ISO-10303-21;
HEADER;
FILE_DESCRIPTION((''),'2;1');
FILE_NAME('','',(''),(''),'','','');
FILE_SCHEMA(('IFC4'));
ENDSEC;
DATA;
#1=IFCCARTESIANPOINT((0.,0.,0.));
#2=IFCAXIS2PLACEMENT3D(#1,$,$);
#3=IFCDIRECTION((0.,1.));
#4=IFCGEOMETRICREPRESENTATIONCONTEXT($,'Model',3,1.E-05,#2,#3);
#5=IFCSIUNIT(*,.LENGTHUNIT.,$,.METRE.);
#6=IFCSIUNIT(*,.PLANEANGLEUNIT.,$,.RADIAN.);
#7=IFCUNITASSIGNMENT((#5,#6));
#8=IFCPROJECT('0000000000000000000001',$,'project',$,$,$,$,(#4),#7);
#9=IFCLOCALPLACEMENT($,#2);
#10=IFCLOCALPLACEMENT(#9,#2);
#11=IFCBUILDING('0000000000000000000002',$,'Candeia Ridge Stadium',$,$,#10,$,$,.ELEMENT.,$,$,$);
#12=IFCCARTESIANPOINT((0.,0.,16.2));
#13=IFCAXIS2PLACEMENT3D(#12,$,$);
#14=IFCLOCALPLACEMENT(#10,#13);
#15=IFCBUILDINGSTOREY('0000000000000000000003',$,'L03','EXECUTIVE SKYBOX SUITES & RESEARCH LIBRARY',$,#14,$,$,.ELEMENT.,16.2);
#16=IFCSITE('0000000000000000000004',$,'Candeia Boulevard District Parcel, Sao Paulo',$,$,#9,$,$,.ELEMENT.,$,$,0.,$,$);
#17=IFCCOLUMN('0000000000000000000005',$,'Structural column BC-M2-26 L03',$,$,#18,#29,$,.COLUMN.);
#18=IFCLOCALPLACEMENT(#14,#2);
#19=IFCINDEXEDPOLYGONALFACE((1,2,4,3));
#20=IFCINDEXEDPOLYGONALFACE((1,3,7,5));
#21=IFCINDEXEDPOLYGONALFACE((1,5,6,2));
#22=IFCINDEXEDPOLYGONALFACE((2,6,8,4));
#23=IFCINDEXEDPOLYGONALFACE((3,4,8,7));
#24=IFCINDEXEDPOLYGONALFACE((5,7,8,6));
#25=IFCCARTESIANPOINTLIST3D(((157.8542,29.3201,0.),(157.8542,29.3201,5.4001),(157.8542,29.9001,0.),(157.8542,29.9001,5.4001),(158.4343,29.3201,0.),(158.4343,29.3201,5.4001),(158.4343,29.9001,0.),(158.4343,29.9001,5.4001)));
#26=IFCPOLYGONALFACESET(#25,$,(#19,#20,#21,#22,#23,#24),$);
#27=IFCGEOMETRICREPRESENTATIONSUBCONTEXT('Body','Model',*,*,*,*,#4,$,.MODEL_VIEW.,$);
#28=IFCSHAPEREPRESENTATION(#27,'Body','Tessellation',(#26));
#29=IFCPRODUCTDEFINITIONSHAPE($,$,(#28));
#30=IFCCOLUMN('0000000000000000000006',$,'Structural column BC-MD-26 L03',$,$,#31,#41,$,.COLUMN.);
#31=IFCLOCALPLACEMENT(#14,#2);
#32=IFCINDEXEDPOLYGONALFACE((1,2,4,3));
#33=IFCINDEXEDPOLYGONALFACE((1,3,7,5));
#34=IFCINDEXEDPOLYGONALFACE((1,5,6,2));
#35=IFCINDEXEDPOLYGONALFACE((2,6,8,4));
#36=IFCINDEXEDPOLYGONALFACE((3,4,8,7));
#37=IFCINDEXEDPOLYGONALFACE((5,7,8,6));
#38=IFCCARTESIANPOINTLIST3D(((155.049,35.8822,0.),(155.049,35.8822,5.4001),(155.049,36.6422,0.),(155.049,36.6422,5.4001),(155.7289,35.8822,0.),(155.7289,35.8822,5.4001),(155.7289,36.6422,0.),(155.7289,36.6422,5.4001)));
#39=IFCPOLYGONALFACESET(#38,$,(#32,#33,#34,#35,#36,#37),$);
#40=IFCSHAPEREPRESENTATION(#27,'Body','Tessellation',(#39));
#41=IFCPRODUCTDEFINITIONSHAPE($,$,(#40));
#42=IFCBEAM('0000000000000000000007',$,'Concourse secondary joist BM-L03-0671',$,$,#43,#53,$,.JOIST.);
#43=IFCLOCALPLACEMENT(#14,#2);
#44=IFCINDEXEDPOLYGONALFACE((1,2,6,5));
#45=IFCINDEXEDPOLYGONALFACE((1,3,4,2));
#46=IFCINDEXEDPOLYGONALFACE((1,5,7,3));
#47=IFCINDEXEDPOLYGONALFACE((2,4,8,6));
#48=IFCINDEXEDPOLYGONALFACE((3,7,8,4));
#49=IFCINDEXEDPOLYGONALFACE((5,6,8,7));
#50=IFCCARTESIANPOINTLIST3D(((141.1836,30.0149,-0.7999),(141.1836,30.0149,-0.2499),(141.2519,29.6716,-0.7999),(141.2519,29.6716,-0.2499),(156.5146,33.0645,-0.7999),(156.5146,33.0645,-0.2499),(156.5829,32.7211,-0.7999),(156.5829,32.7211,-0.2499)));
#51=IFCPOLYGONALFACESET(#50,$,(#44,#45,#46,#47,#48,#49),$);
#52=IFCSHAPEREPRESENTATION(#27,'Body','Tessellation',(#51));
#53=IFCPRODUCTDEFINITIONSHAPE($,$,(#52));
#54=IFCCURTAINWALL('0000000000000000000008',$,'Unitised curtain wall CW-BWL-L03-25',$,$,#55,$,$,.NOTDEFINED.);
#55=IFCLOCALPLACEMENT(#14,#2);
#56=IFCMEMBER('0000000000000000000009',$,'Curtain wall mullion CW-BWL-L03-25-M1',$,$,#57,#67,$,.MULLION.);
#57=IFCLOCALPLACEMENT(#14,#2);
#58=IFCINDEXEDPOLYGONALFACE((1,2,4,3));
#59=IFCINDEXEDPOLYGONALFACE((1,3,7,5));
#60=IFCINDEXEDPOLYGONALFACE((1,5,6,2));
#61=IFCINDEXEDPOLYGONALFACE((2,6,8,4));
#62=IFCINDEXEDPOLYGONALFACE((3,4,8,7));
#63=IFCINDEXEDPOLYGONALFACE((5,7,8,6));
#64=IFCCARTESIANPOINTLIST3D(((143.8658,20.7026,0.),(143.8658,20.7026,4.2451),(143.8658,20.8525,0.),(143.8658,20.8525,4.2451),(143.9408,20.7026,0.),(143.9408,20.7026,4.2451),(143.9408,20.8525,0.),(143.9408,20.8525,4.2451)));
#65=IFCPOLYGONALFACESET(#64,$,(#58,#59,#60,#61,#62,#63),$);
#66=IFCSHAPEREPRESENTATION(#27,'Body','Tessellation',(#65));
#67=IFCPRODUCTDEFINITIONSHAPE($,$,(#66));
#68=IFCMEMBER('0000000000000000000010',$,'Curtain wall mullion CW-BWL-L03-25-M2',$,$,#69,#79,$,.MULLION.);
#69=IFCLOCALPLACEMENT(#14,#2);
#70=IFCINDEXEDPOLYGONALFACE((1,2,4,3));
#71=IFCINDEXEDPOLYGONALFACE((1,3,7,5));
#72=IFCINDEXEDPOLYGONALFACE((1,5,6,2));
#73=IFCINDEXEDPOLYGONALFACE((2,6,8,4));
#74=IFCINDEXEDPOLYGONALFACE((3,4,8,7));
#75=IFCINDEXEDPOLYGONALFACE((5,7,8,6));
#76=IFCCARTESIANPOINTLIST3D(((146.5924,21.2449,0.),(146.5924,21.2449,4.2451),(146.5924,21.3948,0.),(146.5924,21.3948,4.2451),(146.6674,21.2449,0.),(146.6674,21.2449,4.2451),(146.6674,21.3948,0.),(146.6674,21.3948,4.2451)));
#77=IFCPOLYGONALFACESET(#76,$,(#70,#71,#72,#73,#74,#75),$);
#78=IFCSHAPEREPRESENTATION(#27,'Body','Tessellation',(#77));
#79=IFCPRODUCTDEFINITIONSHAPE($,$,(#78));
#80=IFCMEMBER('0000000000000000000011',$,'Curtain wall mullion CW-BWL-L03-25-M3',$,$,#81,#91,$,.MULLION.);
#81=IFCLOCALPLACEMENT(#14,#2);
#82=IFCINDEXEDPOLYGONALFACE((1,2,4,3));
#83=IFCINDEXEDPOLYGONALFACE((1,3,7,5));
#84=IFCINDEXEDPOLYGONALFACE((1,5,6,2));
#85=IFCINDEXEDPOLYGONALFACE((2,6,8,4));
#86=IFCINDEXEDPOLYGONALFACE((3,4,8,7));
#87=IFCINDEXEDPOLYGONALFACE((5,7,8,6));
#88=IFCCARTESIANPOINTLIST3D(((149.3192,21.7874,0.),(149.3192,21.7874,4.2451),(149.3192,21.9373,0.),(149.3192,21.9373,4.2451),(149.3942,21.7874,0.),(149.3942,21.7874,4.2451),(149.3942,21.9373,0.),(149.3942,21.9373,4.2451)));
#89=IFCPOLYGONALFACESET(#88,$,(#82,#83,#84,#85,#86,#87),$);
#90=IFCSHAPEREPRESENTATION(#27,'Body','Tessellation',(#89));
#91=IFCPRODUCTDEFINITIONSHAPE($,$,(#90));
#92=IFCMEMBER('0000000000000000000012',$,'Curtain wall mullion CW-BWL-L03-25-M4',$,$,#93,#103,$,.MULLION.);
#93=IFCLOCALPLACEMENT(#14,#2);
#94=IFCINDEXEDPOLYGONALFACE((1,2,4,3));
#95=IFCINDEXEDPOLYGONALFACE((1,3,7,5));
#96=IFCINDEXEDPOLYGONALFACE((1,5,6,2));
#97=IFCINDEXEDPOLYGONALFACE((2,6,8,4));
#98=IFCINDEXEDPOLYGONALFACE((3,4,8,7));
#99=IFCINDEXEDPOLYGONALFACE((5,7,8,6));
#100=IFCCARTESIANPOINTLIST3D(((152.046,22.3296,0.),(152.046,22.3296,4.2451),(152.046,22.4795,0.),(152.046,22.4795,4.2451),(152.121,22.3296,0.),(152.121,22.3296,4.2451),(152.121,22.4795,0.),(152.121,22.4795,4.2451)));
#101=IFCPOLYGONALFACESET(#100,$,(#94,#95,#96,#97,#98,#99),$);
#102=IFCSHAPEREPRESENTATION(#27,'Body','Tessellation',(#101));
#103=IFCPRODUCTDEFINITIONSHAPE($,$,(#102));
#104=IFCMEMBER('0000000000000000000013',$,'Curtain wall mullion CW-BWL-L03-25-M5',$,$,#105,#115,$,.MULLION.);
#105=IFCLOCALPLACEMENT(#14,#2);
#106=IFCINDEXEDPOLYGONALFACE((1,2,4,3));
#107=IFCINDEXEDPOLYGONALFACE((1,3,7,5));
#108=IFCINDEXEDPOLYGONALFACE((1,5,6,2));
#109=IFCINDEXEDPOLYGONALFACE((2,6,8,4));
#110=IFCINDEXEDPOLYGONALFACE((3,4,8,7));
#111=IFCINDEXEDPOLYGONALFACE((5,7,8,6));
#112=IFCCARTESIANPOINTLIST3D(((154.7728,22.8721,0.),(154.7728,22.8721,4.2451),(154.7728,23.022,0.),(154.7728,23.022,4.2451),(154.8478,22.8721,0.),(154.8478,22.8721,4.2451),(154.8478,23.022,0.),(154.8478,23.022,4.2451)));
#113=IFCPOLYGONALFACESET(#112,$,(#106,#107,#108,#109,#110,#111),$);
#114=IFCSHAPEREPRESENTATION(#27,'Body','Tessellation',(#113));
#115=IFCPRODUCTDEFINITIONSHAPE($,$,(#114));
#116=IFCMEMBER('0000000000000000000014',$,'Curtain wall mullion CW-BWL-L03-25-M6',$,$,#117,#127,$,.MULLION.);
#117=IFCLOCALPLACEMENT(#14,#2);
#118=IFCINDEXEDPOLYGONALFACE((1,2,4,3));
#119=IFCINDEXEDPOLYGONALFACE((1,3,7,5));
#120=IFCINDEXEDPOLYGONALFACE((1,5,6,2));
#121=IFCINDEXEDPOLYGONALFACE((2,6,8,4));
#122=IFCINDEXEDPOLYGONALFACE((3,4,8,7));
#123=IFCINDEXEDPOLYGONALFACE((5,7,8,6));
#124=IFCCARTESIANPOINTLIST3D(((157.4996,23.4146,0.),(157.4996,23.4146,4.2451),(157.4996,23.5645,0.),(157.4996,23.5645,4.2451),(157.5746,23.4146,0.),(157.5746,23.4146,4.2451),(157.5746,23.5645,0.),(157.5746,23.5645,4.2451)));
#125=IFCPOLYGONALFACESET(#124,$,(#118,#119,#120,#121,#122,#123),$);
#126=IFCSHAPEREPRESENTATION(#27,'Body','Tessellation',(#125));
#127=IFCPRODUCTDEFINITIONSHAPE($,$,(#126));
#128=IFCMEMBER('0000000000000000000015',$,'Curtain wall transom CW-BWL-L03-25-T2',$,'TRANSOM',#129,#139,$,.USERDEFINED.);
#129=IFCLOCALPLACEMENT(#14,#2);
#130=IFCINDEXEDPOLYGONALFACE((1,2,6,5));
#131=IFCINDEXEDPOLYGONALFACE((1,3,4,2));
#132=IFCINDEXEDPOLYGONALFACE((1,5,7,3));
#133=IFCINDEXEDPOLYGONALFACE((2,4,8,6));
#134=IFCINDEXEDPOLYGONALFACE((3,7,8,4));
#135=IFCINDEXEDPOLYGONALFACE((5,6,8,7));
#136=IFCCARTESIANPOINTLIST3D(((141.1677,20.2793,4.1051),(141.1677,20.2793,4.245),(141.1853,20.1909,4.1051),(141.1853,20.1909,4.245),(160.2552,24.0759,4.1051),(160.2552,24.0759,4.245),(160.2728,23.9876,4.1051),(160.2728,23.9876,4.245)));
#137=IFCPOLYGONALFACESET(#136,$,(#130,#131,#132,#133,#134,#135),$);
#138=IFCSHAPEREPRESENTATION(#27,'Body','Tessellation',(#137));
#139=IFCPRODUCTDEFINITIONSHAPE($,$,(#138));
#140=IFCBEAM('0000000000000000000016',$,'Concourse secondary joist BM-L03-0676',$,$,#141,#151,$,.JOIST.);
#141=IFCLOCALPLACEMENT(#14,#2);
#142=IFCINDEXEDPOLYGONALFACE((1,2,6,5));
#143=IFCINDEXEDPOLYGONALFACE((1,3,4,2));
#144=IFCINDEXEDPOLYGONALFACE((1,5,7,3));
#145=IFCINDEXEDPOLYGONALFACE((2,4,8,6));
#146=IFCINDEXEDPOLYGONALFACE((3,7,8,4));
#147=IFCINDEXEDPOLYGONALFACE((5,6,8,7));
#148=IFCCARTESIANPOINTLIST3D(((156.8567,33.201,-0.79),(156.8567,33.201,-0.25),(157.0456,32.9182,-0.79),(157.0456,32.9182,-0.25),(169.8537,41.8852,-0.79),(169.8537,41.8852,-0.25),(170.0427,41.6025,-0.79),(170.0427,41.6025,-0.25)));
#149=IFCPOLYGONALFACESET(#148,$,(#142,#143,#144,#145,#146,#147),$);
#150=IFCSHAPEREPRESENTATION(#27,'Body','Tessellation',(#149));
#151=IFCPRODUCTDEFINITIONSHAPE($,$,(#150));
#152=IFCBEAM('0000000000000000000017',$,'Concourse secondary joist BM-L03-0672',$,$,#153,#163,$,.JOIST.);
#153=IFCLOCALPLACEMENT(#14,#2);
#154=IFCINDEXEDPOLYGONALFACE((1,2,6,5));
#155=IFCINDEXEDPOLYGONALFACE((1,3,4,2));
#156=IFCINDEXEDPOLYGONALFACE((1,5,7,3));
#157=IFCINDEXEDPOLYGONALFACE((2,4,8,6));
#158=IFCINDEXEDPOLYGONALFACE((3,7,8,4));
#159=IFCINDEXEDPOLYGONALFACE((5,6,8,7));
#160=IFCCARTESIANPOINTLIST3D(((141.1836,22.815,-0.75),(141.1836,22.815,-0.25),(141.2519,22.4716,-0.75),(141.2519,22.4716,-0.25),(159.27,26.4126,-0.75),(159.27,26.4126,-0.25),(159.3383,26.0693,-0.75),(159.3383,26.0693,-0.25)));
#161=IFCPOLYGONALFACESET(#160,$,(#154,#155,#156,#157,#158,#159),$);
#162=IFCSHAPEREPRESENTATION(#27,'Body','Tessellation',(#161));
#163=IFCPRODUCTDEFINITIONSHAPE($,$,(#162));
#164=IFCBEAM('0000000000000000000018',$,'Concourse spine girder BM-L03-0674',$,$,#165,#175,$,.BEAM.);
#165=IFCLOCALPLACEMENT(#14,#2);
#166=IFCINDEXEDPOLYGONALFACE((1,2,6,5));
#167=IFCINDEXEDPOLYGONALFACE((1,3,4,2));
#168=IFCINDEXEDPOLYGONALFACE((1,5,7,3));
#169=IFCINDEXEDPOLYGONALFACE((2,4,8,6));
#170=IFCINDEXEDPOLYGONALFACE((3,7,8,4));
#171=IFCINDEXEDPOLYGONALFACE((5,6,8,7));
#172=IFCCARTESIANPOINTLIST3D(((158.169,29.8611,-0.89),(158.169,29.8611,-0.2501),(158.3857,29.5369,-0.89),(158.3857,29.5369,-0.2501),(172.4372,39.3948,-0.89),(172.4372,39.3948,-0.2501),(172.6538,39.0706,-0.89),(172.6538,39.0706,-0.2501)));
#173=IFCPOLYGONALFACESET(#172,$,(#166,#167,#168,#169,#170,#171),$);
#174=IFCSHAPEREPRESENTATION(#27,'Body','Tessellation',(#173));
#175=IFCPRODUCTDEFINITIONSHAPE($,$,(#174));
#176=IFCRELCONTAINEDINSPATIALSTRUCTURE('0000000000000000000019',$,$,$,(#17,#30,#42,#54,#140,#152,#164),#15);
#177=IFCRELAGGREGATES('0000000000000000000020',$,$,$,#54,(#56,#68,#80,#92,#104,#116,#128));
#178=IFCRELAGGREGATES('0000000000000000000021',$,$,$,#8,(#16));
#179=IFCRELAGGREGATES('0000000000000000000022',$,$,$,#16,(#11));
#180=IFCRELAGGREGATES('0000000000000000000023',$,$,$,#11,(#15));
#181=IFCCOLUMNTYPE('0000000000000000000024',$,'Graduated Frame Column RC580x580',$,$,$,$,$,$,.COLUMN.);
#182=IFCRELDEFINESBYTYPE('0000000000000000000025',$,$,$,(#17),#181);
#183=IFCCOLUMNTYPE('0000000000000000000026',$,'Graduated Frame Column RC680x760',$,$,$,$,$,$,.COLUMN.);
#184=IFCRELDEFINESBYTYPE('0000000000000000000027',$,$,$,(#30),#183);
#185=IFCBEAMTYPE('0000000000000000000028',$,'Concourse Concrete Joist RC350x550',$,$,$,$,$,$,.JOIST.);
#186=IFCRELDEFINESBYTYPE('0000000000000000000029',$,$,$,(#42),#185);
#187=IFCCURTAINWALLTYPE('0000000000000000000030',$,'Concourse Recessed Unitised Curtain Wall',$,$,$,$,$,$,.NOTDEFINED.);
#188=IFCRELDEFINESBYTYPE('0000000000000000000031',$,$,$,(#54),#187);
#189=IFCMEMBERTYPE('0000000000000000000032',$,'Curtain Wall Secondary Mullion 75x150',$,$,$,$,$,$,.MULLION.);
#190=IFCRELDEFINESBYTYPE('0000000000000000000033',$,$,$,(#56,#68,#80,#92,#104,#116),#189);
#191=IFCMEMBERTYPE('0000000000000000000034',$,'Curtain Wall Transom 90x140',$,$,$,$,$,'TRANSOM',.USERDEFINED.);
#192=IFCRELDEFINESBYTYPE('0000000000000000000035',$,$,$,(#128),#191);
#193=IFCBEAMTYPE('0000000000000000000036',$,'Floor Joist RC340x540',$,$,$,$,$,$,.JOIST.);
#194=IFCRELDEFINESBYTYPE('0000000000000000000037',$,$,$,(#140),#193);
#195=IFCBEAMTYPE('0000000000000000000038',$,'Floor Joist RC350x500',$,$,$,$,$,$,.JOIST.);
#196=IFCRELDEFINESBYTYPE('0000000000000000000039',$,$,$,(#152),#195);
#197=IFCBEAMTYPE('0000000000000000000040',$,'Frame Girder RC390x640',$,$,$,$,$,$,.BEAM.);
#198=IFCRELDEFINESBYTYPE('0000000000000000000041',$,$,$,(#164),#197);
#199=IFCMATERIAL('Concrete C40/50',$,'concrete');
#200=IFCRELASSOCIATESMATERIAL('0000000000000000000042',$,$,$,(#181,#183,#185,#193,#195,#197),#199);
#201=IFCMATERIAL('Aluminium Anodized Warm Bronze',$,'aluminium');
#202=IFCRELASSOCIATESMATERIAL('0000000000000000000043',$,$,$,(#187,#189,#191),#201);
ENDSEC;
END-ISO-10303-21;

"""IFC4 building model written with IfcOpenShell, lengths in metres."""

from ifc_helpers import new_model, si_unit, direction, frame, origin, origin_2d, place, context, subcontext, project, spatial, rectangle, extrude, material, material_profile, profile_set, type_object, element, aggregate, save


model = new_model("IFC4")

# Units and contexts
model_context = context("Model", 3, precision=1e-05, world=origin(), true_north=direction((0.0, 1.0)))
body_context = subcontext(model_context, "Body", "Model", "MODEL_VIEW")
ifc_project = project(units=[si_unit("LENGTHUNIT", "METRE"), si_unit("PLANEANGLEUNIT", "RADIAN")], contexts=[model_context])

# Site, building, storey
site_placement = place(None, origin())
site = spatial("IfcSite", under=ifc_project, at=site_placement, Name="Candeia Boulevard District Parcel, Sao Paulo", CompositionType="ELEMENT", RefElevation=0.0)
building_placement = place(site_placement, origin())
building = spatial("IfcBuilding", under=site, at=building_placement, Name="Candeia Ridge Stadium", CompositionType="ELEMENT")
storey_placement = place(building_placement, frame((0.0, 0.0, 16.2)))
storey = spatial("IfcBuildingStorey", under=building, at=storey_placement, Name="L03", Description="EXECUTIVE SKYBOX SUITES & RESEARCH LIBRARY", CompositionType="ELEMENT", Elevation=16.2)

# Columns
ifc_material_1 = material(Name="Concrete C40/50", Category="concrete")
ifc_material_profile_1 = material_profile(ifc_material_1, rectangle(XDim=0.5801, YDim=0.5801, at=origin_2d()), Name="RC580x580", Category="concrete")
ifc_profile_set_1 = profile_set([ifc_material_profile_1], Name="Concrete C40/50")
column_type_1 = type_object("IfcColumnType", Name="Graduated Frame Column RC580x580", PredefinedType="COLUMN", material=ifc_profile_set_1)
column_1_placement = place(storey_placement, frame((158.1443, 29.6101, 0.0), z_axis=(0.0, 0.0, 1.0), x_axis=(1.0, 0.0, 0.0)))
element("IfcColumn", 1, at=column_1_placement, inside=storey, type_object=column_type_1, Name="Structural column BC-M2-26 L03", PredefinedType="COLUMN", context=body_context, shape_type="SweptSolid", body=[
    extrude(rectangle(XDim=0.5801, YDim=0.5801, at=origin_2d()), origin(), (0.0, 0.0, 1.0), 5.4001),
])
ifc_material_profile_2 = material_profile(ifc_material_1, rectangle(XDim=0.6799, YDim=0.76, at=origin_2d()), Name="RC680x760", Category="concrete")
ifc_profile_set_2 = profile_set([ifc_material_profile_2], Name="Concrete C40/50")
column_type_2 = type_object("IfcColumnType", Name="Graduated Frame Column RC680x760", PredefinedType="COLUMN", material=ifc_profile_set_2)
column_2_placement = place(storey_placement, frame((155.3889, 36.2622, 0.0), z_axis=(0.0, 0.0, 1.0), x_axis=(1.0, 0.0, 0.0)))
element("IfcColumn", 2, at=column_2_placement, inside=storey, type_object=column_type_2, Name="Structural column BC-MD-26 L03", PredefinedType="COLUMN", context=body_context, shape_type="SweptSolid", body=[
    extrude(rectangle(XDim=0.6799, YDim=0.76, at=origin_2d()), origin(), (0.0, 0.0, 1.0), 5.4001),
])

# Beam
ifc_material_profile_3 = material_profile(ifc_material_1, rectangle(XDim=0.3501, YDim=0.55, at=origin_2d()), Name="RC350x550", Category="concrete")
ifc_profile_set_3 = profile_set([ifc_material_profile_3], Name="Concrete C40/50")
beam_type_1 = type_object("IfcBeamType", Name="Concourse Concrete Joist RC350x550", PredefinedType="JOIST", material=ifc_profile_set_3)
beam_1_placement = place(storey_placement, frame((141.2178, 29.8433, -0.5249), z_axis=(0.980785, 0.195092, 0.0), x_axis=(-0.195092, 0.980785, 0.0)))
element("IfcBeam", 3, at=beam_1_placement, inside=storey, type_object=beam_type_1, Name="Concourse secondary joist BM-L03-0671", PredefinedType="JOIST", context=body_context, shape_type="SweptSolid", body=[
    extrude(rectangle(XDim=0.3501, YDim=0.55, at=origin_2d()), origin(), (0.0, 0.0, 1.0), 15.6313),
])

# Curtain wall, members
ifc_material_2 = material(Name="Aluminium Anodized Warm Bronze", Category="aluminium")
curtain_wall_type = type_object("IfcCurtainWallType", Name="Concourse Recessed Unitised Curtain Wall", PredefinedType="NOTDEFINED", material=ifc_material_2)
curtain_wall_placement = place(storey_placement, origin())
curtain_wall = element("IfcCurtainWall", 4, at=curtain_wall_placement, inside=storey, type_object=curtain_wall_type, Name="Unitised curtain wall CW-BWL-L03-25", PredefinedType="NOTDEFINED")
ifc_material_profile_4 = material_profile(ifc_material_2, rectangle(XDim=0.075, YDim=0.1499, at=origin_2d()), Name="CWM-75x150", Category="aluminium")
ifc_profile_set_4 = profile_set([ifc_material_profile_4], Name="Aluminium Anodized Warm Bronze")
member_type_1 = type_object("IfcMemberType", Name="Curtain Wall Secondary Mullion 75x150", PredefinedType="MULLION", material=ifc_profile_set_4)
member_1_placement = place(storey_placement, frame((143.9033, 20.7776, 0.0), z_axis=(0.0, 0.0, 1.0), x_axis=(1.0, 0.0, 0.0)))
member_1 = element("IfcMember", 5, at=member_1_placement, type_object=member_type_1, Name="Curtain wall mullion CW-BWL-L03-25-M1", PredefinedType="MULLION", context=body_context, shape_type="SweptSolid", body=[
    extrude(rectangle(XDim=0.075, YDim=0.1499, at=origin_2d()), origin(), (0.0, 0.0, 1.0), 4.2451),
])
member_2_placement = place(storey_placement, frame((146.6299, 21.3198, 0.0), z_axis=(0.0, 0.0, 1.0), x_axis=(1.0, 0.0, 0.0)))
member_2 = element("IfcMember", 6, at=member_2_placement, type_object=member_type_1, Name="Curtain wall mullion CW-BWL-L03-25-M2", PredefinedType="MULLION", context=body_context, shape_type="SweptSolid", body=[
    extrude(rectangle(XDim=0.075, YDim=0.1499, at=origin_2d()), origin(), (0.0, 0.0, 1.0), 4.2451),
])
member_3_placement = place(storey_placement, frame((149.3567, 21.8623, 0.0), z_axis=(0.0, 0.0, 1.0), x_axis=(1.0, 0.0, 0.0)))
member_3 = element("IfcMember", 7, at=member_3_placement, type_object=member_type_1, Name="Curtain wall mullion CW-BWL-L03-25-M3", PredefinedType="MULLION", context=body_context, shape_type="SweptSolid", body=[
    extrude(rectangle(XDim=0.075, YDim=0.1499, at=origin_2d()), origin(), (0.0, 0.0, 1.0), 4.2451),
])
member_4_placement = place(storey_placement, frame((152.0835, 22.4045, 0.0), z_axis=(0.0, 0.0, 1.0), x_axis=(1.0, 0.0, 0.0)))
member_4 = element("IfcMember", 8, at=member_4_placement, type_object=member_type_1, Name="Curtain wall mullion CW-BWL-L03-25-M4", PredefinedType="MULLION", context=body_context, shape_type="SweptSolid", body=[
    extrude(rectangle(XDim=0.075, YDim=0.1499, at=origin_2d()), origin(), (0.0, 0.0, 1.0), 4.2451),
])
member_5_placement = place(storey_placement, frame((154.8103, 22.947, 0.0), z_axis=(0.0, 0.0, 1.0), x_axis=(1.0, 0.0, 0.0)))
member_5 = element("IfcMember", 9, at=member_5_placement, type_object=member_type_1, Name="Curtain wall mullion CW-BWL-L03-25-M5", PredefinedType="MULLION", context=body_context, shape_type="SweptSolid", body=[
    extrude(rectangle(XDim=0.075, YDim=0.1499, at=origin_2d()), origin(), (0.0, 0.0, 1.0), 4.2451),
])
member_6_placement = place(storey_placement, frame((157.5371, 23.4895, 0.0), z_axis=(0.0, 0.0, 1.0), x_axis=(1.0, 0.0, 0.0)))
member_6 = element("IfcMember", 10, at=member_6_placement, type_object=member_type_1, Name="Curtain wall mullion CW-BWL-L03-25-M6", PredefinedType="MULLION", context=body_context, shape_type="SweptSolid", body=[
    extrude(rectangle(XDim=0.075, YDim=0.1499, at=origin_2d()), origin(), (0.0, 0.0, 1.0), 4.2451),
])
ifc_material_profile_5 = material_profile(ifc_material_2, rectangle(XDim=0.0901, YDim=0.1399, at=origin_2d()), Name="CWT-90x140", Category="aluminium")
ifc_profile_set_5 = profile_set([ifc_material_profile_5], Name="Aluminium Anodized Warm Bronze")
member_type_2 = type_object("IfcMemberType", Name="Curtain Wall Transom 90x140", ElementType="TRANSOM", PredefinedType="USERDEFINED", material=ifc_profile_set_5)
member_7_placement = place(storey_placement, frame((141.1765, 20.2351, 4.175), z_axis=(0.980786, 0.195086, 0.0), x_axis=(-0.195086, 0.980786, 0.0)))
member_7 = element("IfcMember", 11, at=member_7_placement, type_object=member_type_2, Name="Curtain wall transom CW-BWL-L03-25-T2", ObjectType="TRANSOM", PredefinedType="USERDEFINED", context=body_context, shape_type="SweptSolid", body=[
    extrude(rectangle(XDim=0.0901, YDim=0.1399, at=origin_2d()), origin(), (0.0, 0.0, 1.0), 19.4614),
])

# Beams
ifc_material_profile_6 = material_profile(ifc_material_1, rectangle(XDim=0.3401, YDim=0.54, at=origin_2d()), Name="RC340x540", Category="concrete")
ifc_profile_set_6 = profile_set([ifc_material_profile_6], Name="Concrete C40/50")
beam_type_2 = type_object("IfcBeamType", Name="Floor Joist RC340x540", PredefinedType="JOIST", material=ifc_profile_set_6)
beam_2_placement = place(storey_placement, frame((156.9512, 33.0596, -0.52), z_axis=(0.831471, 0.555569, 0.0), x_axis=(-0.555569, 0.831471, 0.0)))
element("IfcBeam", 12, at=beam_2_placement, inside=storey, type_object=beam_type_2, Name="Concourse secondary joist BM-L03-0676", PredefinedType="JOIST", context=body_context, shape_type="SweptSolid", body=[
    extrude(rectangle(XDim=0.3401, YDim=0.54, at=origin_2d()), origin(), (0.0, 0.0, 1.0), 15.6313),
])
ifc_material_profile_7 = material_profile(ifc_material_1, rectangle(XDim=0.3501, YDim=0.5, at=origin_2d()), Name="RC350x500", Category="concrete")
ifc_profile_set_7 = profile_set([ifc_material_profile_7], Name="Concrete C40/50")
beam_type_3 = type_object("IfcBeamType", Name="Floor Joist RC350x500", PredefinedType="JOIST", material=ifc_profile_set_7)
beam_3_placement = place(storey_placement, frame((141.2178, 22.6433, -0.5), z_axis=(0.980785, 0.195093, 0.0), x_axis=(-0.195093, 0.980785, 0.0)))
element("IfcBeam", 13, at=beam_3_placement, inside=storey, type_object=beam_type_3, Name="Concourse secondary joist BM-L03-0672", PredefinedType="JOIST", context=body_context, shape_type="SweptSolid", body=[
    extrude(rectangle(XDim=0.3501, YDim=0.5, at=origin_2d()), origin(), (0.0, 0.0, 1.0), 18.4407),
])
ifc_material_profile_8 = material_profile(ifc_material_1, rectangle(XDim=0.3899, YDim=0.6399, at=origin_2d()), Name="RC390x640", Category="concrete")
ifc_profile_set_8 = profile_set([ifc_material_profile_8], Name="Concrete C40/50")
beam_type_4 = type_object("IfcBeamType", Name="Frame Girder RC390x640", PredefinedType="BEAM", material=ifc_profile_set_8)
beam_4_placement = place(storey_placement, frame((158.2773, 29.699, -0.5701), z_axis=(0.831468, 0.555573, 0.0), x_axis=(-0.555573, 0.831468, 0.0)))
element("IfcBeam", 14, at=beam_4_placement, inside=storey, type_object=beam_type_4, Name="Concourse spine girder BM-L03-0674", PredefinedType="BEAM", context=body_context, shape_type="SweptSolid", body=[
    extrude(rectangle(XDim=0.3899, YDim=0.6399, at=origin_2d()), origin(), (0.0, 0.0, 1.0), 17.1602),
])

aggregate(curtain_wall, [member_1, member_2, member_3, member_4, member_5, member_6, member_7])

save(model, "model.ifc")
